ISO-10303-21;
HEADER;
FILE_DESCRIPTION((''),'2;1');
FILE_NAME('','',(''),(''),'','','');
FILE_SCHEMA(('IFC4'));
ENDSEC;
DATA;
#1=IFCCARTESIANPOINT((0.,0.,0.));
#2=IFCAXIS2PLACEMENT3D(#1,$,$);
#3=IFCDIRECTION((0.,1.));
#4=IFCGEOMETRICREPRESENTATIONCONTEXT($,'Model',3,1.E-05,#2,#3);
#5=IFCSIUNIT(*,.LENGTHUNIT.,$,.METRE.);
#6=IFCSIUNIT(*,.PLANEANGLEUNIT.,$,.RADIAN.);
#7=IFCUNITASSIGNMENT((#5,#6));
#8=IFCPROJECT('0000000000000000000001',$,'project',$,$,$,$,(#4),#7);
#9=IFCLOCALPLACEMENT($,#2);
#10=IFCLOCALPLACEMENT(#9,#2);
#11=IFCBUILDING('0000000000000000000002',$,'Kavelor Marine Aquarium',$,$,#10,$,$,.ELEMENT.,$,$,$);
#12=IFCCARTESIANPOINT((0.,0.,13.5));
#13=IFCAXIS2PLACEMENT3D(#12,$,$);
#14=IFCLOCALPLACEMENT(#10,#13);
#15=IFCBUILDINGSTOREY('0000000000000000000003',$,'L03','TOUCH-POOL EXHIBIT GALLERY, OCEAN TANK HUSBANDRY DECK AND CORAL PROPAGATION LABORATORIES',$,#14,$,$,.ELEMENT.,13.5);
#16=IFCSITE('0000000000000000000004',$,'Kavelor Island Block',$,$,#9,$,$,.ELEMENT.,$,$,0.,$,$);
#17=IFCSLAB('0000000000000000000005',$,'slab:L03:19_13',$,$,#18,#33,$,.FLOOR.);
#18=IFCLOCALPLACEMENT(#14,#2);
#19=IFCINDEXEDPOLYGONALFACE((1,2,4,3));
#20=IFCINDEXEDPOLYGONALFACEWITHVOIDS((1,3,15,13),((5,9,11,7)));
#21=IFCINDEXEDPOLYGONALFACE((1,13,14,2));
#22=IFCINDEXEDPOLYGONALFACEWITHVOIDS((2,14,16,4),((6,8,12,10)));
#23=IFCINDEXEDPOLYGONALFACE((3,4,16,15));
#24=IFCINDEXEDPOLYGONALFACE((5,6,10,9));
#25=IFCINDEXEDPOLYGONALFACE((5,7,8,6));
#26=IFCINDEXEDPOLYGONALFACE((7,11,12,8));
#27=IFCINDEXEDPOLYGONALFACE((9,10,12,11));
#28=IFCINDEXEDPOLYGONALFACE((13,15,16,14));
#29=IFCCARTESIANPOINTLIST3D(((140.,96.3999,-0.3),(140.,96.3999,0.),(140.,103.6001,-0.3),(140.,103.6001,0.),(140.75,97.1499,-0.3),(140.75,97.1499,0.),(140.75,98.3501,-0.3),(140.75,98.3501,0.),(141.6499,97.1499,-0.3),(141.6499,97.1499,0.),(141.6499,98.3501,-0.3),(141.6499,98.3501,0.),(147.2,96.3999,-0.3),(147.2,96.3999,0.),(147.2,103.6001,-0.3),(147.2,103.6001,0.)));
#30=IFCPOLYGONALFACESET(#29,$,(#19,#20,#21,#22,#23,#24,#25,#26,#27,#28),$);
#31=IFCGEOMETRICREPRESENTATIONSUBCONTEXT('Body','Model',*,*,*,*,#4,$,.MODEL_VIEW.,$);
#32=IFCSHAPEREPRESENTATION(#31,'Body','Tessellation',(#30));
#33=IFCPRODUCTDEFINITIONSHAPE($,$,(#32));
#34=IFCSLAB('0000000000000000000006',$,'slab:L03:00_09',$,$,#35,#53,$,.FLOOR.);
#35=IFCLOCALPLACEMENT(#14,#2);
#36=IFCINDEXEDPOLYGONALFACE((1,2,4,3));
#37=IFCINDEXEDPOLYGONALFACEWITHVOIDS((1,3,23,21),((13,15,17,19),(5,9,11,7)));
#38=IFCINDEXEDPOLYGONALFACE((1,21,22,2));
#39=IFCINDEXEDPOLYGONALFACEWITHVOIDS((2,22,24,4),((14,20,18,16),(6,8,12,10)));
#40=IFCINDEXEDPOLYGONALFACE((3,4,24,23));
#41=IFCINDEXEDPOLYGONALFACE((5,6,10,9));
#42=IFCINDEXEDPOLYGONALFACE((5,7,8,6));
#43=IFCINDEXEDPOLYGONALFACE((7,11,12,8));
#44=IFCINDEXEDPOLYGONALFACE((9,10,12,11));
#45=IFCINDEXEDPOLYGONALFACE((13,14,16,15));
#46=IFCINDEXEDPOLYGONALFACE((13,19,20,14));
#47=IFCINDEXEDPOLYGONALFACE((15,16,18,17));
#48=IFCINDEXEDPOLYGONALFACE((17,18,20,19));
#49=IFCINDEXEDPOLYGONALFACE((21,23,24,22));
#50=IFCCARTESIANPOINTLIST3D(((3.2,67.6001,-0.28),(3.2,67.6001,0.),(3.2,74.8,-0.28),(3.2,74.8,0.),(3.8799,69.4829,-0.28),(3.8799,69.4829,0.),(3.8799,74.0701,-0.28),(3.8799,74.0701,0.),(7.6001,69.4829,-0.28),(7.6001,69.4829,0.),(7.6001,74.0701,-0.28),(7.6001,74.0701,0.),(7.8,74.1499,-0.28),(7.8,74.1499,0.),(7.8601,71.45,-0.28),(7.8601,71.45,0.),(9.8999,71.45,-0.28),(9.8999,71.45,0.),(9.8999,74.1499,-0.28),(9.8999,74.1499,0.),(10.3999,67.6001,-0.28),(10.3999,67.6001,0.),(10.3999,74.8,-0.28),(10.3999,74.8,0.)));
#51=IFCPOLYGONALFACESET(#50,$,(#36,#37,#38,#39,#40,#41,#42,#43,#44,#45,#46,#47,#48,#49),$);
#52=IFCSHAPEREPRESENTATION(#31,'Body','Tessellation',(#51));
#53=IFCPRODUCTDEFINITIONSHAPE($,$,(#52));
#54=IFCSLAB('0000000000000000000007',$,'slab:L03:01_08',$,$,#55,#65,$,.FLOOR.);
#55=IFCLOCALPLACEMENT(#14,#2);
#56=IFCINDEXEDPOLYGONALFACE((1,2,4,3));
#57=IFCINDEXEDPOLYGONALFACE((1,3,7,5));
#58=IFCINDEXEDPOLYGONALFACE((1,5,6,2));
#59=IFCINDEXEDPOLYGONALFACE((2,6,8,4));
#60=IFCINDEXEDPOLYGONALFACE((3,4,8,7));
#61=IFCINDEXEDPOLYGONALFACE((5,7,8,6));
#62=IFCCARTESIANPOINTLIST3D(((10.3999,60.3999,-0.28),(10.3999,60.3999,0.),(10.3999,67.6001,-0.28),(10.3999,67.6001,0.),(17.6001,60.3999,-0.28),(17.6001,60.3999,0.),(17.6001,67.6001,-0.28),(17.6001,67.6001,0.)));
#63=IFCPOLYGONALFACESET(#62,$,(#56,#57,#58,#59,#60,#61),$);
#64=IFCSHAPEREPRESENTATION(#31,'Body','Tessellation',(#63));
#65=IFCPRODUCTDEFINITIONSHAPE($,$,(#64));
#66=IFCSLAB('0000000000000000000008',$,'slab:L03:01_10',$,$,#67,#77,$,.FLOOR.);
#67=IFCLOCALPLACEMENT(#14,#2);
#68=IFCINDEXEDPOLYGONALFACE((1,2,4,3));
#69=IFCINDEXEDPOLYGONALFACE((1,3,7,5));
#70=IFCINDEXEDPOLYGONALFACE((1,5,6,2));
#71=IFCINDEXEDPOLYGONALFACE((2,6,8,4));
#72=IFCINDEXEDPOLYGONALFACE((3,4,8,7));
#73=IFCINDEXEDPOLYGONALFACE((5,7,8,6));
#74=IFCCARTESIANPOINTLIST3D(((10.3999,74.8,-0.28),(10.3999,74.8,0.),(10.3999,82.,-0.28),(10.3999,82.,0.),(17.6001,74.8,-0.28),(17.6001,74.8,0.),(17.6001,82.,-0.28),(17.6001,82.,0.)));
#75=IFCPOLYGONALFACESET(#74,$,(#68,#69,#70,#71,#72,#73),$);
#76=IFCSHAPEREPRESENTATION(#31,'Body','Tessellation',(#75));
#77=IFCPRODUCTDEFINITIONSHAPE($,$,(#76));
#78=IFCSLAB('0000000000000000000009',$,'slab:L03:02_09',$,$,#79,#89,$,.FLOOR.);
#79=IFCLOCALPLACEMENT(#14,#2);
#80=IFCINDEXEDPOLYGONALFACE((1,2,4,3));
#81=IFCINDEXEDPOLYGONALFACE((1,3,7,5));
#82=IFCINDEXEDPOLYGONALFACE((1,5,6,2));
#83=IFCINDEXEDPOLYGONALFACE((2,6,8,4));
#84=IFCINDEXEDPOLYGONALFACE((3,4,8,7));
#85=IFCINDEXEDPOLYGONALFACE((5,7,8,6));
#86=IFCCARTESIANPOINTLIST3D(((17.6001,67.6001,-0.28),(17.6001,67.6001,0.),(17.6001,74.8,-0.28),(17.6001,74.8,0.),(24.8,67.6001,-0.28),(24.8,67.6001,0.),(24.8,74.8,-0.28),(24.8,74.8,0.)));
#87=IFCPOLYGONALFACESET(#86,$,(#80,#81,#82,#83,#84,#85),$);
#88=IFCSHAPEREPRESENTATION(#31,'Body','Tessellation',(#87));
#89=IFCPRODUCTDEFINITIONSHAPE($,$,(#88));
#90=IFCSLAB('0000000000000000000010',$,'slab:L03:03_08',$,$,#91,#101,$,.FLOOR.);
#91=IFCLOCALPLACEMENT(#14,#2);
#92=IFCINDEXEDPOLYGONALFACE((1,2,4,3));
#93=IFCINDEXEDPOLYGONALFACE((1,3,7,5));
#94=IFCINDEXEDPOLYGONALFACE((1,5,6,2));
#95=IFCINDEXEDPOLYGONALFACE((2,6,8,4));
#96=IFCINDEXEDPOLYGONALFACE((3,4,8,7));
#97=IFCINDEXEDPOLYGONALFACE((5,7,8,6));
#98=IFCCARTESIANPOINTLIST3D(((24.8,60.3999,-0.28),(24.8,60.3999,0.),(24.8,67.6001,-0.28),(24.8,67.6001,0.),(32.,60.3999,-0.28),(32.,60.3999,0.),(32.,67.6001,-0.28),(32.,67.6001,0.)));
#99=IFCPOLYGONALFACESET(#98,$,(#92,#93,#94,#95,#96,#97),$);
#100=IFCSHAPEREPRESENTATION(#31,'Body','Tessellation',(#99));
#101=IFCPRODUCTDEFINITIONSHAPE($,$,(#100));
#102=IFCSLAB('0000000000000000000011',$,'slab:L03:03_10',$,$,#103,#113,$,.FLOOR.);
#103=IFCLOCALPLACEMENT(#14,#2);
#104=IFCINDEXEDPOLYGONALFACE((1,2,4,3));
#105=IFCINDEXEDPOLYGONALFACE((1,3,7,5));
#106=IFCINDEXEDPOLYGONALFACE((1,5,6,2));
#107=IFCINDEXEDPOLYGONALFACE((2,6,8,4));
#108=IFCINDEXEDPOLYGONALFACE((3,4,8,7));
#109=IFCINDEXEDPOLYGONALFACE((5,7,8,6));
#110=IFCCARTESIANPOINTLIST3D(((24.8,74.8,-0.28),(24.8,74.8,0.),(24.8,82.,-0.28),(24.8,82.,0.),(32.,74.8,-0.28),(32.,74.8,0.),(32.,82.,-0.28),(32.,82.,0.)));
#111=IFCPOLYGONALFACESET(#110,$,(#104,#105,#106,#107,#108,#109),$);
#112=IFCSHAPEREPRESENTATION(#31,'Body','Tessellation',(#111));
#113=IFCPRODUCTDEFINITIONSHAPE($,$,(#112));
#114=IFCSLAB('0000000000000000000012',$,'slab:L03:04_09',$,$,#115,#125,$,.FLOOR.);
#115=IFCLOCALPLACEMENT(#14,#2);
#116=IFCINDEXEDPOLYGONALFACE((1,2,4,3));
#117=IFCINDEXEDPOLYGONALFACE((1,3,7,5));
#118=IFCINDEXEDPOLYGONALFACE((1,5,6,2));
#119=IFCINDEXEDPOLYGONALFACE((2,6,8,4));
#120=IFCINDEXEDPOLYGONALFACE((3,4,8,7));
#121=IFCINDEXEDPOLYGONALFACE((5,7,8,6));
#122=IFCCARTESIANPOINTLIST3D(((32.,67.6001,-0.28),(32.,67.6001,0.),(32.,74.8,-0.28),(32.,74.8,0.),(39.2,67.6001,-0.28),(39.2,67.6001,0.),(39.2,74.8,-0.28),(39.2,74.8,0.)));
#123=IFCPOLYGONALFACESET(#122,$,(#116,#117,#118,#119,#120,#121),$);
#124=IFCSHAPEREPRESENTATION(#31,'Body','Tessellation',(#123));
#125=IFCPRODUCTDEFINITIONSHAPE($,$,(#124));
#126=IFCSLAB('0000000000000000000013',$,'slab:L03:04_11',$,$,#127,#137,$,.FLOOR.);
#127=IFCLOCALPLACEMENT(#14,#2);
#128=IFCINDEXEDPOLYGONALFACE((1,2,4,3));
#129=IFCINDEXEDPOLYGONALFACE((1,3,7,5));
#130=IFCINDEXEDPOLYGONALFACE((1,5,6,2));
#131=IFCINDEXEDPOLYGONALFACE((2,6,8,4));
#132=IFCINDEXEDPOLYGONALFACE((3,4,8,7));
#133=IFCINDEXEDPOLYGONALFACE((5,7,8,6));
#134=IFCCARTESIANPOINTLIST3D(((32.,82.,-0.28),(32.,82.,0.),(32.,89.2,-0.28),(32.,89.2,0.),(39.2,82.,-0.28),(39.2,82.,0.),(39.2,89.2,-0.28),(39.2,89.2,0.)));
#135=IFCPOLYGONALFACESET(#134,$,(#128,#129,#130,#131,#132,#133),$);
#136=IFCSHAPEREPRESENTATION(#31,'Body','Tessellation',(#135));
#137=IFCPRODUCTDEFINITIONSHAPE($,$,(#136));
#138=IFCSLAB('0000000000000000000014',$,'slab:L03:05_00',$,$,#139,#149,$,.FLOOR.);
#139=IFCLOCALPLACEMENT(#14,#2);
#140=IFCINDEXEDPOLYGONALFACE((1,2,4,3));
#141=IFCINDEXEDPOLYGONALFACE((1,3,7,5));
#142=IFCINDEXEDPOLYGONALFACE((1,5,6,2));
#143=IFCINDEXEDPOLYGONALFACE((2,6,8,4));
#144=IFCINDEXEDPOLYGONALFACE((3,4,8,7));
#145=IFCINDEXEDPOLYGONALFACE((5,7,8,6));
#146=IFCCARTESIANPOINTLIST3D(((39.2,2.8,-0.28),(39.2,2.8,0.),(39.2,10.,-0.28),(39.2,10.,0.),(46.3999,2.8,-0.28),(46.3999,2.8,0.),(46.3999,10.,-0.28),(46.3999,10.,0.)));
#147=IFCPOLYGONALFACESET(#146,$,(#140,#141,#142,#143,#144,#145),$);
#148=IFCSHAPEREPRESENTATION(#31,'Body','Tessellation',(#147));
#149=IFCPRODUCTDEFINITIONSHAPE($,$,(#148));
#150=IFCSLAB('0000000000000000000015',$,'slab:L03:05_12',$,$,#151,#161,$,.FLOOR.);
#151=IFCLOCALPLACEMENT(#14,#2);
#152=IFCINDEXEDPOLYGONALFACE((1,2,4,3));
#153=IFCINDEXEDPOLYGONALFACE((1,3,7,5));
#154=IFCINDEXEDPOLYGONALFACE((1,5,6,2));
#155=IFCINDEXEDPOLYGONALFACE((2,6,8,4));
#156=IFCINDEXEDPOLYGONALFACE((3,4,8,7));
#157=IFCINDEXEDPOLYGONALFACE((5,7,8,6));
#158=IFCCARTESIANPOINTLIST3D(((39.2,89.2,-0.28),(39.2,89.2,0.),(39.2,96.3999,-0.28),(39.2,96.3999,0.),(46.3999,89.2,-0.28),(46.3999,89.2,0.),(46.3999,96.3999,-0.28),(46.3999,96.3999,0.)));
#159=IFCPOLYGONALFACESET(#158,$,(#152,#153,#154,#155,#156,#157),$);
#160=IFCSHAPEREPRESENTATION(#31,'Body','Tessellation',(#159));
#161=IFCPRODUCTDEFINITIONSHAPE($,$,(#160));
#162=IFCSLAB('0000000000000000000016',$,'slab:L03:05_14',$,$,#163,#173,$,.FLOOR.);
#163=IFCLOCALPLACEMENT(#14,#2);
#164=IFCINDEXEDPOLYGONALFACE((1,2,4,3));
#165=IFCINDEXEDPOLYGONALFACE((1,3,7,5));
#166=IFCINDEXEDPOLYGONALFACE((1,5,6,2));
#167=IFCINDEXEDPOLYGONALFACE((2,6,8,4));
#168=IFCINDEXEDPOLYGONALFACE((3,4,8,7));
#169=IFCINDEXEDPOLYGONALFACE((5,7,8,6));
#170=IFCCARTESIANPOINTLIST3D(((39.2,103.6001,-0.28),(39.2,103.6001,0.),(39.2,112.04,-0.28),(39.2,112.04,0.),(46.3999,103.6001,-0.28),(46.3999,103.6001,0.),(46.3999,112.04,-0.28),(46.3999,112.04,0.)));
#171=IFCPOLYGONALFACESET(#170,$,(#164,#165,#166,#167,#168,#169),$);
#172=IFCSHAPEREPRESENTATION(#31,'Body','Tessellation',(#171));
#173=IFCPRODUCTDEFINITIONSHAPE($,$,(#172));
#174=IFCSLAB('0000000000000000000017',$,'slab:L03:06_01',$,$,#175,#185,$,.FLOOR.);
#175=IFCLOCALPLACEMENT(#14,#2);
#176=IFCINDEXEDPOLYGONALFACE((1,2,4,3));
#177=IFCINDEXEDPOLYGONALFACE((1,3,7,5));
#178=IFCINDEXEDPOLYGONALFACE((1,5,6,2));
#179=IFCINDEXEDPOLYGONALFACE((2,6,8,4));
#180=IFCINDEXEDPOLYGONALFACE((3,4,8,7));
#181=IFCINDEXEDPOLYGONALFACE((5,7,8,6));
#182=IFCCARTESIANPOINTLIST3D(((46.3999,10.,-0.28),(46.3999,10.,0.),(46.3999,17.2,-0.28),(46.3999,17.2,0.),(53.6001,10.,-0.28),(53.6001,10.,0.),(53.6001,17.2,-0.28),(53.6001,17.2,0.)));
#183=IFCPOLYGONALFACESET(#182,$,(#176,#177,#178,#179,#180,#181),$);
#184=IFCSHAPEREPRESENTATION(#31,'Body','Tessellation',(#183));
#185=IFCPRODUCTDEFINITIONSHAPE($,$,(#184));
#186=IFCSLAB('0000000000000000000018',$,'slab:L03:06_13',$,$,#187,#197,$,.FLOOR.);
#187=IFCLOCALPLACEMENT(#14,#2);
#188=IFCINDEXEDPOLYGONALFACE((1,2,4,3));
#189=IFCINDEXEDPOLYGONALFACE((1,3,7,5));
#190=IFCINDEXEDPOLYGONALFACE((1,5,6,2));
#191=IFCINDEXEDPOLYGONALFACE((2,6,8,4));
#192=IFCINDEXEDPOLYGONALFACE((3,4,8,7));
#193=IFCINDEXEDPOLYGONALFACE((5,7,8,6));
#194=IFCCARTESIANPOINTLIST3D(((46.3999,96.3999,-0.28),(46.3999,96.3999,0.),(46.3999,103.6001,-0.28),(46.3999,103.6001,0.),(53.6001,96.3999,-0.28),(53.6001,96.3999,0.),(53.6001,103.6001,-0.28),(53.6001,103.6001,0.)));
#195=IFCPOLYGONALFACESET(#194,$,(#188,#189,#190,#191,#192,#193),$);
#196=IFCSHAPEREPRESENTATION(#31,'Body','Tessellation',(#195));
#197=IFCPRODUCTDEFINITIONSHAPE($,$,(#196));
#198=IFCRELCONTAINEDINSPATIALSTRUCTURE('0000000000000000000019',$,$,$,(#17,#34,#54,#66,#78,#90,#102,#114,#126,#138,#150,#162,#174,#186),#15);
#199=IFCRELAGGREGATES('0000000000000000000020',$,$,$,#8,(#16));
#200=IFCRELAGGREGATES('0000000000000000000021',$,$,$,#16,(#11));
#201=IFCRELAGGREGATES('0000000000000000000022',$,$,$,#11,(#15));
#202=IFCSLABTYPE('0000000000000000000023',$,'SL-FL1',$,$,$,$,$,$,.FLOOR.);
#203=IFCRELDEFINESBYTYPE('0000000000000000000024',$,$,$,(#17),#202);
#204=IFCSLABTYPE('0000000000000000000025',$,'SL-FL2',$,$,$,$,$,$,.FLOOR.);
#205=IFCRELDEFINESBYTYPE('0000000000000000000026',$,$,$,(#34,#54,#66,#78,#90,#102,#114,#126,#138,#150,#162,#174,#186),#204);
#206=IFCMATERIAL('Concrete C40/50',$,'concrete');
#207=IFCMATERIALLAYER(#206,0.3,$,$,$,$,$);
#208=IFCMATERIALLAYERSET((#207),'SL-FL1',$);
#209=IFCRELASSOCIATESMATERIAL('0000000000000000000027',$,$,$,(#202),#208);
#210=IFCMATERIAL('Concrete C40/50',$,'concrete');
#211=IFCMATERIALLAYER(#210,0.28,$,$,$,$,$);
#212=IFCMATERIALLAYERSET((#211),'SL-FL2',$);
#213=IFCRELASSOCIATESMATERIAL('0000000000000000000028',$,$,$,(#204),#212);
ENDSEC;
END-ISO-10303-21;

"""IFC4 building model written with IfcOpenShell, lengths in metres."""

from ifc_helpers import new_model, si_unit, direction, frame, origin, place, context, subcontext, project, spatial, polyline, outline, extrude, material, layer, layer_set, type_object, element, save


model = new_model("IFC4")

# Units and contexts
model_context = context("Model", 3, precision=1e-05, world=origin(), true_north=direction((0.0, 1.0)))
body_context = subcontext(model_context, "Body", "Model", "MODEL_VIEW")
ifc_project = project(units=[si_unit("LENGTHUNIT", "METRE"), si_unit("PLANEANGLEUNIT", "RADIAN")], contexts=[model_context])

# Site, building, storey
site_placement = place(None, origin())
site = spatial("IfcSite", under=ifc_project, at=site_placement, Name="Kavelor Island Block", CompositionType="ELEMENT", RefElevation=0.0)
building_placement = place(site_placement, origin())
building = spatial("IfcBuilding", under=site, at=building_placement, Name="Kavelor Marine Aquarium", CompositionType="ELEMENT")
storey_placement = place(building_placement, frame((0.0, 0.0, 13.5)))
storey = spatial("IfcBuildingStorey", under=building, at=storey_placement, Name="L03", Description="TOUCH-POOL EXHIBIT GALLERY, OCEAN TANK HUSBANDRY DECK AND CORAL PROPAGATION LABORATORIES", CompositionType="ELEMENT", Elevation=13.5)

# Slabs
ifc_material_1 = material(Name="Concrete C40/50", Category="concrete")
ifc_layer_1 = layer(ifc_material_1, 0.3)
ifc_layer_set_1 = layer_set([ifc_layer_1], Name="SL-FL1")
slab_type_1 = type_object("IfcSlabType", Name="SL-FL1", PredefinedType="FLOOR", material=ifc_layer_set_1)
slab_1_placement = place(storey_placement, frame((0.0, 0.0, -0.3)))
element("IfcSlab", 1, at=slab_1_placement, inside=storey, type_object=slab_type_1, Name="slab:L03:19_13", PredefinedType="FLOOR", context=body_context, shape_type="SweptSolid", body=[
    extrude(outline(polyline([(140.0, 96.3999), (147.2, 96.3999), (147.2, 103.6001), (140.0, 103.6001), (140.0, 96.3999)]), holes=[polyline([(140.75, 97.1499), (141.6499, 97.1499), (141.6499, 98.3501), (140.75, 98.3501), (140.75, 97.1499)])]), origin(), (0.0, 0.0, 1.0), 0.3),
])
ifc_material_2 = material(Name="Concrete C40/50", Category="concrete")
ifc_layer_2 = layer(ifc_material_2, 0.28)
ifc_layer_set_2 = layer_set([ifc_layer_2], Name="SL-FL2")
slab_type_2 = type_object("IfcSlabType", Name="SL-FL2", PredefinedType="FLOOR", material=ifc_layer_set_2)
slab_2_placement = place(storey_placement, frame((0.0, 0.0, -0.28)))
element("IfcSlab", 2, at=slab_2_placement, inside=storey, type_object=slab_type_2, Name="slab:L03:00_09", PredefinedType="FLOOR", context=body_context, shape_type="SweptSolid", body=[
    extrude(outline(polyline([(3.2, 67.6001), (10.3999, 67.6001), (10.3999, 74.8), (3.2, 74.8), (3.2, 67.6001)]), holes=[polyline([(3.8799, 69.4829), (7.6001, 69.4829), (7.6001, 74.0701), (3.8799, 74.0701), (3.8799, 69.4829)]), polyline([(7.8601, 71.45), (9.8999, 71.45), (9.8999, 74.1499), (7.8, 74.1499), (7.8601, 71.45)])]), origin(), (0.0, 0.0, 1.0), 0.28),
])
slab_3_placement = place(storey_placement, frame((0.0, 0.0, -0.28)))
element("IfcSlab", 3, at=slab_3_placement, inside=storey, type_object=slab_type_2, Name="slab:L03:01_08", PredefinedType="FLOOR", context=body_context, shape_type="SweptSolid", body=[
    extrude(outline(polyline([(10.3999, 60.3999), (17.6001, 60.3999), (17.6001, 67.6001), (10.3999, 67.6001), (10.3999, 60.3999)])), origin(), (0.0, 0.0, 1.0), 0.28),
])
slab_4_placement = place(storey_placement, frame((0.0, 0.0, -0.28)))
element("IfcSlab", 4, at=slab_4_placement, inside=storey, type_object=slab_type_2, Name="slab:L03:01_10", PredefinedType="FLOOR", context=body_context, shape_type="SweptSolid", body=[
    extrude(outline(polyline([(10.3999, 74.8), (17.6001, 74.8), (17.6001, 82.0), (10.3999, 82.0), (10.3999, 74.8)])), origin(), (0.0, 0.0, 1.0), 0.28),
])
slab_5_placement = place(storey_placement, frame((0.0, 0.0, -0.28)))
element("IfcSlab", 5, at=slab_5_placement, inside=storey, type_object=slab_type_2, Name="slab:L03:02_09", PredefinedType="FLOOR", context=body_context, shape_type="SweptSolid", body=[
    extrude(outline(polyline([(17.6001, 67.6001), (24.8, 67.6001), (24.8, 74.8), (17.6001, 74.8), (17.6001, 67.6001)])), origin(), (0.0, 0.0, 1.0), 0.28),
])
slab_6_placement = place(storey_placement, frame((0.0, 0.0, -0.28)))
element("IfcSlab", 6, at=slab_6_placement, inside=storey, type_object=slab_type_2, Name="slab:L03:03_08", PredefinedType="FLOOR", context=body_context, shape_type="SweptSolid", body=[
    extrude(outline(polyline([(24.8, 60.3999), (32.0, 60.3999), (32.0, 67.6001), (24.8, 67.6001), (24.8, 60.3999)])), origin(), (0.0, 0.0, 1.0), 0.28),
])
slab_7_placement = place(storey_placement, frame((0.0, 0.0, -0.28)))
element("IfcSlab", 7, at=slab_7_placement, inside=storey, type_object=slab_type_2, Name="slab:L03:03_10", PredefinedType="FLOOR", context=body_context, shape_type="SweptSolid", body=[
    extrude(outline(polyline([(24.8, 74.8), (32.0, 74.8), (32.0, 82.0), (24.8, 82.0), (24.8, 74.8)])), origin(), (0.0, 0.0, 1.0), 0.28),
])
slab_8_placement = place(storey_placement, frame((0.0, 0.0, -0.28)))
element("IfcSlab", 8, at=slab_8_placement, inside=storey, type_object=slab_type_2, Name="slab:L03:04_09", PredefinedType="FLOOR", context=body_context, shape_type="SweptSolid", body=[
    extrude(outline(polyline([(32.0, 67.6001), (39.2, 67.6001), (39.2, 74.8), (32.0, 74.8), (32.0, 67.6001)])), origin(), (0.0, 0.0, 1.0), 0.28),
])
slab_9_placement = place(storey_placement, frame((0.0, 0.0, -0.28)))
element("IfcSlab", 9, at=slab_9_placement, inside=storey, type_object=slab_type_2, Name="slab:L03:04_11", PredefinedType="FLOOR", context=body_context, shape_type="SweptSolid", body=[
    extrude(outline(polyline([(32.0, 82.0), (39.2, 82.0), (39.2, 89.2), (32.0, 89.2), (32.0, 82.0)])), origin(), (0.0, 0.0, 1.0), 0.28),
])
slab_10_placement = place(storey_placement, frame((0.0, 0.0, -0.28)))
element("IfcSlab", 10, at=slab_10_placement, inside=storey, type_object=slab_type_2, Name="slab:L03:05_00", PredefinedType="FLOOR", context=body_context, shape_type="SweptSolid", body=[
    extrude(outline(polyline([(39.2, 2.8), (46.3999, 2.8), (46.3999, 10.0), (39.2, 10.0), (39.2, 2.8)])), origin(), (0.0, 0.0, 1.0), 0.28),
])
slab_11_placement = place(storey_placement, frame((0.0, 0.0, -0.28)))
element("IfcSlab", 11, at=slab_11_placement, inside=storey, type_object=slab_type_2, Name="slab:L03:05_12", PredefinedType="FLOOR", context=body_context, shape_type="SweptSolid", body=[
    extrude(outline(polyline([(39.2, 89.2), (46.3999, 89.2), (46.3999, 96.3999), (39.2, 96.3999), (39.2, 89.2)])), origin(), (0.0, 0.0, 1.0), 0.28),
])
slab_12_placement = place(storey_placement, frame((0.0, 0.0, -0.28)))
element("IfcSlab", 12, at=slab_12_placement, inside=storey, type_object=slab_type_2, Name="slab:L03:05_14", PredefinedType="FLOOR", context=body_context, shape_type="SweptSolid", body=[
    extrude(outline(polyline([(39.2, 103.6001), (46.3999, 103.6001), (46.3999, 112.04), (39.2, 112.04), (39.2, 103.6001)])), origin(), (0.0, 0.0, 1.0), 0.28),
])
slab_13_placement = place(storey_placement, frame((0.0, 0.0, -0.28)))
element("IfcSlab", 13, at=slab_13_placement, inside=storey, type_object=slab_type_2, Name="slab:L03:06_01", PredefinedType="FLOOR", context=body_context, shape_type="SweptSolid", body=[
    extrude(outline(polyline([(46.3999, 10.0), (53.6001, 10.0), (53.6001, 17.2), (46.3999, 17.2), (46.3999, 10.0)])), origin(), (0.0, 0.0, 1.0), 0.28),
])
slab_14_placement = place(storey_placement, frame((0.0, 0.0, -0.28)))
element("IfcSlab", 14, at=slab_14_placement, inside=storey, type_object=slab_type_2, Name="slab:L03:06_13", PredefinedType="FLOOR", context=body_context, shape_type="SweptSolid", body=[
    extrude(outline(polyline([(46.3999, 96.3999), (53.6001, 96.3999), (53.6001, 103.6001), (46.3999, 103.6001), (46.3999, 96.3999)])), origin(), (0.0, 0.0, 1.0), 0.28),
])

save(model, "model.ifc")
